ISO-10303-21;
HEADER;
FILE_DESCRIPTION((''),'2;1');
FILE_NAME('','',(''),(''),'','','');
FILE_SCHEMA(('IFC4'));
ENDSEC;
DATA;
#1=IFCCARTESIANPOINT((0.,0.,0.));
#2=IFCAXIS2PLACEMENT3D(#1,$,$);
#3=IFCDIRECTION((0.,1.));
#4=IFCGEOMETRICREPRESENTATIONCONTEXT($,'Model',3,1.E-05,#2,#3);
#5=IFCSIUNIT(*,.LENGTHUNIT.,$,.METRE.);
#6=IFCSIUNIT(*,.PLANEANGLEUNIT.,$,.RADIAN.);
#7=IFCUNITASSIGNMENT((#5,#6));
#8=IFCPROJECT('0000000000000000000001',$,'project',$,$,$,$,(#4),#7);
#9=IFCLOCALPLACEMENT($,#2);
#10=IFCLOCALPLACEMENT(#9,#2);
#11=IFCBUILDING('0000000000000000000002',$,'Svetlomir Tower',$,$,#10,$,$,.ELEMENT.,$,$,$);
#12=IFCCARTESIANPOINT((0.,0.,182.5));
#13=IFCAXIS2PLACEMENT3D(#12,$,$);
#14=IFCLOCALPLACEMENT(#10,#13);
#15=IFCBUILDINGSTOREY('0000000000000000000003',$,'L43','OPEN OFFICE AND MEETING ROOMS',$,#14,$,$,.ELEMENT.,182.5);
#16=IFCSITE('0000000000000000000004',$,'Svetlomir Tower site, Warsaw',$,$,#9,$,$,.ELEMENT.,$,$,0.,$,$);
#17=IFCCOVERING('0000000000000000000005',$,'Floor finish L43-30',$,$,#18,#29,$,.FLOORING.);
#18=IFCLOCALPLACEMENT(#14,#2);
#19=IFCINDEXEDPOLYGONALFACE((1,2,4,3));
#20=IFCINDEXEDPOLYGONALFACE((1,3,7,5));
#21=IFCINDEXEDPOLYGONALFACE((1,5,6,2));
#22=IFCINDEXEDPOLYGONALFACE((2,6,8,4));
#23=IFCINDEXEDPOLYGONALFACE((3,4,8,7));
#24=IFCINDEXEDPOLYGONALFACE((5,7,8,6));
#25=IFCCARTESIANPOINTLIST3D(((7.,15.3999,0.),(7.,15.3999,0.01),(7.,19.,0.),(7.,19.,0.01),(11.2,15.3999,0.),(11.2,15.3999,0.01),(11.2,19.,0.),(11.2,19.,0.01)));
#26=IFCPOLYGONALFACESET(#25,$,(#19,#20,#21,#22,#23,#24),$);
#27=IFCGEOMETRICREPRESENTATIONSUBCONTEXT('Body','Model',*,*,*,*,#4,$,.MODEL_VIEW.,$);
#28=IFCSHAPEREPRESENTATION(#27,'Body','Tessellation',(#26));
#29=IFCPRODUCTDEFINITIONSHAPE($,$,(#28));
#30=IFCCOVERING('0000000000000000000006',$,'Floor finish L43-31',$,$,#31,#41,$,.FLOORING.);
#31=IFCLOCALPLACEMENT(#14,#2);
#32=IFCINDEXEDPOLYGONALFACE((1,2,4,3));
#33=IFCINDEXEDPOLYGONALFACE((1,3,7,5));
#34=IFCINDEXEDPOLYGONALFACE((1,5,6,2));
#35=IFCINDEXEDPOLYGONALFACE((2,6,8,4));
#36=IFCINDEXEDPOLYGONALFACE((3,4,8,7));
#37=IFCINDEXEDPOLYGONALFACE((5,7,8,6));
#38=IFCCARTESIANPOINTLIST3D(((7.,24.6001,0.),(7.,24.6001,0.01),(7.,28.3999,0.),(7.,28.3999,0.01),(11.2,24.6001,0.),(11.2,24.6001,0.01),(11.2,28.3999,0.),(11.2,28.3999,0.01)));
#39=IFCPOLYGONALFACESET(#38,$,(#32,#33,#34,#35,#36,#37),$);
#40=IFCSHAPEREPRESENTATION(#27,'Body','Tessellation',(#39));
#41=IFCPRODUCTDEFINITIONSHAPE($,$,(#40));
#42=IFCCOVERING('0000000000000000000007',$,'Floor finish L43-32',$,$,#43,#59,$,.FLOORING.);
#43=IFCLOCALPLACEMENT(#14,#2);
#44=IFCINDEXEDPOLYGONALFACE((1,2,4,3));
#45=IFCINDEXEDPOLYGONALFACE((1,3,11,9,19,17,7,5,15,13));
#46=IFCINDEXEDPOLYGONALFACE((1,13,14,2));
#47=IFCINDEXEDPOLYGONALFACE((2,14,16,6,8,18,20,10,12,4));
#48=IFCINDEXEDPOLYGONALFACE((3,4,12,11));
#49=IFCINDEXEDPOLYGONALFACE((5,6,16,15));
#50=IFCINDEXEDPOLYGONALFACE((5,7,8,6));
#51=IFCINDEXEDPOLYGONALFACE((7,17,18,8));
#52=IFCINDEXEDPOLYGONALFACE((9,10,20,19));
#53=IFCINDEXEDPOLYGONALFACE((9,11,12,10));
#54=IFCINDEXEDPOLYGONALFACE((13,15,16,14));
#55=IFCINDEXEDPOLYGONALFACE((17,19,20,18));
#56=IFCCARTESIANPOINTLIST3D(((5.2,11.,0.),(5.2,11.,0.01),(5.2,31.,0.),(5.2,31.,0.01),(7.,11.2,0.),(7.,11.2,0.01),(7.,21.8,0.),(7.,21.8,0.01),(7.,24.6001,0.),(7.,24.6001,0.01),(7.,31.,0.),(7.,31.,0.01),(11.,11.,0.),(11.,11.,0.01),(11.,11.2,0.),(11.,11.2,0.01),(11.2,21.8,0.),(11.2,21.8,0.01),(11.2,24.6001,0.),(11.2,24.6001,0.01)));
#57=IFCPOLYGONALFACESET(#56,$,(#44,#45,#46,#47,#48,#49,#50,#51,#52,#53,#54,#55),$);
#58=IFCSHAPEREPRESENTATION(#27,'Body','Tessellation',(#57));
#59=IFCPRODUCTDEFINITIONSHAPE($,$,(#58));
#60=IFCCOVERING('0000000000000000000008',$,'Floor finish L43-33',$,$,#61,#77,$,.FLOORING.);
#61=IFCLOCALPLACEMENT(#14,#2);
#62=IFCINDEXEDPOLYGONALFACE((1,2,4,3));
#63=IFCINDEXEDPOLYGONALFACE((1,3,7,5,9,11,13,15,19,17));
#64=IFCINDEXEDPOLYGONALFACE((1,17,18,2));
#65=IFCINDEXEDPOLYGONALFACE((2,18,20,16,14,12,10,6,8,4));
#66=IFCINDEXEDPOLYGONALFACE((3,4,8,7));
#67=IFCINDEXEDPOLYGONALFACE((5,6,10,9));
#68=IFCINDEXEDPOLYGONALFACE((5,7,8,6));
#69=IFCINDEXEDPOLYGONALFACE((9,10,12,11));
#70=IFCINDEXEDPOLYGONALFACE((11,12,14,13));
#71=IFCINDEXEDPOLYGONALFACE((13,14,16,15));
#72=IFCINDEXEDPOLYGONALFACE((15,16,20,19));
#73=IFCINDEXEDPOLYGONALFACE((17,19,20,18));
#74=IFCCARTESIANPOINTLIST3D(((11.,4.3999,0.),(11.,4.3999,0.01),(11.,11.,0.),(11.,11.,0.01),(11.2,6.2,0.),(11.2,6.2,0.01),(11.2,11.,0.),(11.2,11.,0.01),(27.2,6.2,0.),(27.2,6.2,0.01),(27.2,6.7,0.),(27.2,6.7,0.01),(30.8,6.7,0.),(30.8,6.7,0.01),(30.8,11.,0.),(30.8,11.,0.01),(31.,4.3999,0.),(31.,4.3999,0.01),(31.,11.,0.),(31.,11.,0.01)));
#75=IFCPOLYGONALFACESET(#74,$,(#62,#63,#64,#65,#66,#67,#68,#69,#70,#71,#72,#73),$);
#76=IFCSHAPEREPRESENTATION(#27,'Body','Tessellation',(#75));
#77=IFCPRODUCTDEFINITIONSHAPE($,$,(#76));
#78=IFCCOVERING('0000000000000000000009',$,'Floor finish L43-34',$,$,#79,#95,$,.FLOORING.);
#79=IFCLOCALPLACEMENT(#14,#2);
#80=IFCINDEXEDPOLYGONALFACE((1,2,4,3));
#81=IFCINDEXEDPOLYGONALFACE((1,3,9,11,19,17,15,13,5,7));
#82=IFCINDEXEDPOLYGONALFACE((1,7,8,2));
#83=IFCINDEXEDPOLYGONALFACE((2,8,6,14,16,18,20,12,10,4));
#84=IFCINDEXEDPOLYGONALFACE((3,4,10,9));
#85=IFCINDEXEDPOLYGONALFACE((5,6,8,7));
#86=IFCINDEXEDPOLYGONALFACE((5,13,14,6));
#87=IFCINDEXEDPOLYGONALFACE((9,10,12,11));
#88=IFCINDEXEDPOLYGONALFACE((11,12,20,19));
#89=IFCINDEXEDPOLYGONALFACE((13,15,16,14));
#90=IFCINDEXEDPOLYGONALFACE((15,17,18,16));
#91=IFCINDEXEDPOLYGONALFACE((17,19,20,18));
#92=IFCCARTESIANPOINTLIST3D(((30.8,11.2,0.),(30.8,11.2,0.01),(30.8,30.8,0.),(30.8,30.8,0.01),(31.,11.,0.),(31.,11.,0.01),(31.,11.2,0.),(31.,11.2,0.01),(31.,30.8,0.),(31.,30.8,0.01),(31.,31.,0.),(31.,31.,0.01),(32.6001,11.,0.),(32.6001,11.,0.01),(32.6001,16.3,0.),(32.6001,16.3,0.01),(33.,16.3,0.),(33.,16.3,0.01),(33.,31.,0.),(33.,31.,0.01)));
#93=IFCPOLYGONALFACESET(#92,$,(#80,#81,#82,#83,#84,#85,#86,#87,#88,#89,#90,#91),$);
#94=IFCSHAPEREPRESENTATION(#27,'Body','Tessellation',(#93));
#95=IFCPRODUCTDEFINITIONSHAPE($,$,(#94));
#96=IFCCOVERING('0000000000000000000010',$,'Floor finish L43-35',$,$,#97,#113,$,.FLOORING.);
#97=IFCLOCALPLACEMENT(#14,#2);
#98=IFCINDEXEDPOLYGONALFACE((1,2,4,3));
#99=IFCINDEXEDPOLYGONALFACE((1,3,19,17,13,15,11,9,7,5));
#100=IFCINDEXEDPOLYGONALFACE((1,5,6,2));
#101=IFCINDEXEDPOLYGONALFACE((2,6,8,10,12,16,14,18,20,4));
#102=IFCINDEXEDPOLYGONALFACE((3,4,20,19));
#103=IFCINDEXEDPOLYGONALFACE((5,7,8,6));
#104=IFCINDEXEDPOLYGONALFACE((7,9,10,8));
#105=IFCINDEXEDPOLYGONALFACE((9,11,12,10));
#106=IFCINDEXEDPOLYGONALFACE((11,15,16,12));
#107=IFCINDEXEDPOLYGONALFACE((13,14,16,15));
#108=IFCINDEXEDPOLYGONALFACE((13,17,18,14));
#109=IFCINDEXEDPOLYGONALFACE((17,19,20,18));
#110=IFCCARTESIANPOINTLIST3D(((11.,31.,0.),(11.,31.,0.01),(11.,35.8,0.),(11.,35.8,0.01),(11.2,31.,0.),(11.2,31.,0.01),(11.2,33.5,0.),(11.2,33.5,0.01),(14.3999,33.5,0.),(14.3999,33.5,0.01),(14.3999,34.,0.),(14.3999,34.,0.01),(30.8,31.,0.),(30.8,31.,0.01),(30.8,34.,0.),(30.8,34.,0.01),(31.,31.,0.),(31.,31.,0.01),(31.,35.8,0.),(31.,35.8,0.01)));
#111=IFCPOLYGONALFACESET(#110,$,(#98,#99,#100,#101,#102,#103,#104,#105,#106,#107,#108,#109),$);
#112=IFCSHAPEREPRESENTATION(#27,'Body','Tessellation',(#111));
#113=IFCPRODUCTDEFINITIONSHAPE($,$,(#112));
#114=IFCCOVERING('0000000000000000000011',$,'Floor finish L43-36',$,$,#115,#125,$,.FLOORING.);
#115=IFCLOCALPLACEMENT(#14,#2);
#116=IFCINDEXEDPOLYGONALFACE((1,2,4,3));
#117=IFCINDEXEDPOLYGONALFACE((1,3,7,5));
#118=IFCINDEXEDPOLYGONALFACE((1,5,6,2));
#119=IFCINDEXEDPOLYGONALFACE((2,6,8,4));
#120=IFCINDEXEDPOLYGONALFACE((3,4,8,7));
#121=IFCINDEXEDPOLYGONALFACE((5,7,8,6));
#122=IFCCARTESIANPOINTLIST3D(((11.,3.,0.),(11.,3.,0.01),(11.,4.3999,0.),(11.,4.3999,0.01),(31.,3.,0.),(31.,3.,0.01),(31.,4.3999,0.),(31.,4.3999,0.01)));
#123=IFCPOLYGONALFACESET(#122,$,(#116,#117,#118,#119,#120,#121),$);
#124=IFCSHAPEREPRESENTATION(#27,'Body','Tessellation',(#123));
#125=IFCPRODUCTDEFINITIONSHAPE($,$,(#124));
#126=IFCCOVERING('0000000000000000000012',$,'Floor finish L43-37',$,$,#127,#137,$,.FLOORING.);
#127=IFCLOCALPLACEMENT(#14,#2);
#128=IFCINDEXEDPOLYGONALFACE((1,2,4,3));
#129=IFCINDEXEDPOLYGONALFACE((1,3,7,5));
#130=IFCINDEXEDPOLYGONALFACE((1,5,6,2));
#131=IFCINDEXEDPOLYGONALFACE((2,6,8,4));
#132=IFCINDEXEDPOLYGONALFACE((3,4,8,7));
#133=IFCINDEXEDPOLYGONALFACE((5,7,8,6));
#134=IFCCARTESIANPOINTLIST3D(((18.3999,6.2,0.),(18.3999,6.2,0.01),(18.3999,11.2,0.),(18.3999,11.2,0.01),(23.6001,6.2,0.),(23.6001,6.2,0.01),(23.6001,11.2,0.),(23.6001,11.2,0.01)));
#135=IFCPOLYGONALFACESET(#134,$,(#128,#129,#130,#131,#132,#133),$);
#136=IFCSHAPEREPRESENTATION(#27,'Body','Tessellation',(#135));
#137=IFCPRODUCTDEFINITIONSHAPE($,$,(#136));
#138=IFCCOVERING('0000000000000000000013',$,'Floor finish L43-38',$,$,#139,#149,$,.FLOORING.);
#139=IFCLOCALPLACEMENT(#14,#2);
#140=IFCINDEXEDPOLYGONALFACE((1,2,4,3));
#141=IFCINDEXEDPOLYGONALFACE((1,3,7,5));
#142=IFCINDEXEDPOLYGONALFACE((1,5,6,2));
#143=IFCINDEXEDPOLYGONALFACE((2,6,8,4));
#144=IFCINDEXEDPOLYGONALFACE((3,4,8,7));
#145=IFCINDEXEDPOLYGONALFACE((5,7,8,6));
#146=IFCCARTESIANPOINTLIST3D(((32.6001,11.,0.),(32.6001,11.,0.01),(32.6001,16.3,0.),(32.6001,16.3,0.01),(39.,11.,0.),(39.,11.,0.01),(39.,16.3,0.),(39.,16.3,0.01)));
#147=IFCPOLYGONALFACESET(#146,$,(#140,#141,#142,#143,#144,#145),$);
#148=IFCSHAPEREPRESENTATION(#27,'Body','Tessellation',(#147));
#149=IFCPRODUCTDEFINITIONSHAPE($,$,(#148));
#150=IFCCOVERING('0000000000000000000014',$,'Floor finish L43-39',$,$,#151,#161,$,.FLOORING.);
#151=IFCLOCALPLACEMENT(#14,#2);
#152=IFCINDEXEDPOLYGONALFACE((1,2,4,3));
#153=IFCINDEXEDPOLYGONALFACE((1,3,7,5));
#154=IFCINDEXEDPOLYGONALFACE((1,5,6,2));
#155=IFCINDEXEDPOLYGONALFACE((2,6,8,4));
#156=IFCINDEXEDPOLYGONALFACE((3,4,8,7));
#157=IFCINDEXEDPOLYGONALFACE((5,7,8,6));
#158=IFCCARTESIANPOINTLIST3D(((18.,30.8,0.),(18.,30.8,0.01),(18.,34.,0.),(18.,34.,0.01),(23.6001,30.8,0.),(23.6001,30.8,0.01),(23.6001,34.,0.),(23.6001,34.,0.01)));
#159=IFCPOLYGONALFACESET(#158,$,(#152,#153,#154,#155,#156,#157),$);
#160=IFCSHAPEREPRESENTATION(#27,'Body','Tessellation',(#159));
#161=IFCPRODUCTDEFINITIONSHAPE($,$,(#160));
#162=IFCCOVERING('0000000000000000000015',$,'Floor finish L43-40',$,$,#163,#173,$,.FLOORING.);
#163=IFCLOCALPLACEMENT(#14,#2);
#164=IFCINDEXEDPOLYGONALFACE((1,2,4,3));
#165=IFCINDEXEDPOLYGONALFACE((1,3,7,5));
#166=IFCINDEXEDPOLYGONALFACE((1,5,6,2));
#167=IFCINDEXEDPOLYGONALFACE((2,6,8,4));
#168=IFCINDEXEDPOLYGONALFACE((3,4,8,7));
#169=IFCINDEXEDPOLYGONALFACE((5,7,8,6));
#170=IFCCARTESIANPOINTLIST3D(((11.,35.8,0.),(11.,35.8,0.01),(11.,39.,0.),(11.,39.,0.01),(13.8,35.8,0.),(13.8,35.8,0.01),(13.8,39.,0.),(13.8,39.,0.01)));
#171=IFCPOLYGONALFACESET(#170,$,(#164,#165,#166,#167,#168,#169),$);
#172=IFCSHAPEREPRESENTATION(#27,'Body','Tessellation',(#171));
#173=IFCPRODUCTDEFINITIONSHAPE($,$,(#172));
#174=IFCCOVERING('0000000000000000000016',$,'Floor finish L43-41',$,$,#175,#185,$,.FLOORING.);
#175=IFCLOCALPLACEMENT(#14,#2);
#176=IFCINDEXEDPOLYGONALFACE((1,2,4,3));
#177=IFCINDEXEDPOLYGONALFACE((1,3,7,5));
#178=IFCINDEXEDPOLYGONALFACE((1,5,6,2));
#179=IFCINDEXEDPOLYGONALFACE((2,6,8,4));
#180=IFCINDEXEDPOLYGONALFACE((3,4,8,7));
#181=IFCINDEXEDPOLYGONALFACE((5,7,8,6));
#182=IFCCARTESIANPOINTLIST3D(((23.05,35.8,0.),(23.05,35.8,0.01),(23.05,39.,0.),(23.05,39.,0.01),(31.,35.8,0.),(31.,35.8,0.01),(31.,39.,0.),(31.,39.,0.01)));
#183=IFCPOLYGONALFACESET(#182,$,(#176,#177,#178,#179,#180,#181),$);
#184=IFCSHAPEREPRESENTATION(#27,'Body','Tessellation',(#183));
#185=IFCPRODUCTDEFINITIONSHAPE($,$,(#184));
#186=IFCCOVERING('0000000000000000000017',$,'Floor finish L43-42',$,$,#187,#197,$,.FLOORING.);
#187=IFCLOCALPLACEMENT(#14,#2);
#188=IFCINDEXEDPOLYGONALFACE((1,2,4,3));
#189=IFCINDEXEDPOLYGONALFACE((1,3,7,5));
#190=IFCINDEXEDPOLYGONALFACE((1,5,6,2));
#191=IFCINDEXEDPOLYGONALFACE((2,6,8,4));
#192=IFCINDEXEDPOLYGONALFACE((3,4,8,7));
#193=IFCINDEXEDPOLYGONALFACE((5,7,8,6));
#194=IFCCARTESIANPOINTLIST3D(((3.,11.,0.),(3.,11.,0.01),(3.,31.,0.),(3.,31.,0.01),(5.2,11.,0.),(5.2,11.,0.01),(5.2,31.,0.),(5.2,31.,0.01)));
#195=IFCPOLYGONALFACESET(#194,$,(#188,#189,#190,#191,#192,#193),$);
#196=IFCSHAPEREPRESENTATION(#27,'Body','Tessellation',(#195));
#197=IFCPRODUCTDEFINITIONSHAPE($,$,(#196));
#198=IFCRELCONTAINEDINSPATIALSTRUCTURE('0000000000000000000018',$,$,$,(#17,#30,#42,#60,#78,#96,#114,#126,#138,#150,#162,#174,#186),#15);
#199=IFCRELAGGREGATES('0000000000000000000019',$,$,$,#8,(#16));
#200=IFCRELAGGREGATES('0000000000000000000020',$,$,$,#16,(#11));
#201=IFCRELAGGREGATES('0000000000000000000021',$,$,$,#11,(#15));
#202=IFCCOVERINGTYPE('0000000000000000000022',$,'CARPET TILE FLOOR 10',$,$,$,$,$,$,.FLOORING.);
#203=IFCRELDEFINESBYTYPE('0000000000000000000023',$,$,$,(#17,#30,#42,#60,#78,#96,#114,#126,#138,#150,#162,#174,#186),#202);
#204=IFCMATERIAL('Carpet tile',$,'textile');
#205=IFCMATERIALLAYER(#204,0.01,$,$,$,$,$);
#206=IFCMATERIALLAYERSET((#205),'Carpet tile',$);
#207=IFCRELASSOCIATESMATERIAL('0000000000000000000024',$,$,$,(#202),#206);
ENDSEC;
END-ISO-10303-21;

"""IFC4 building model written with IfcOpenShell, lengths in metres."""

from ifc_helpers import new_model, si_unit, direction, frame, origin, place, context, subcontext, project, spatial, polyline, outline, extrude, material, layer, layer_set, type_object, element, save


model = new_model("IFC4")

# Units and contexts
model_context = context("Model", 3, precision=1e-05, world=origin(), true_north=direction((0.0, 1.0)))
body_context = subcontext(model_context, "Body", "Model", "MODEL_VIEW")
ifc_project = project(units=[si_unit("LENGTHUNIT", "METRE"), si_unit("PLANEANGLEUNIT", "RADIAN")], contexts=[model_context])

# Site, building, storey
site_placement = place(None, origin())
site = spatial("IfcSite", under=ifc_project, at=site_placement, Name="Svetlomir Tower site, Warsaw", CompositionType="ELEMENT", RefElevation=0.0)
building_placement = place(site_placement, origin())
building = spatial("IfcBuilding", under=site, at=building_placement, Name="Svetlomir Tower", CompositionType="ELEMENT")
storey_placement = place(building_placement, frame((0.0, 0.0, 182.5)))
storey = spatial("IfcBuildingStorey", under=building, at=storey_placement, Name="L43", Description="OPEN OFFICE AND MEETING ROOMS", CompositionType="ELEMENT", Elevation=182.5)

# Coverings
ifc_material_1 = material(Name="Carpet tile", Category="textile")
ifc_layer_1 = layer(ifc_material_1, 0.01)
ifc_layer_set_1 = layer_set([ifc_layer_1], Name="Carpet tile")
covering_type_1 = type_object("IfcCoveringType", Name="CARPET TILE FLOOR 10", PredefinedType="FLOORING", material=ifc_layer_set_1)
covering_1_placement = place(storey_placement, origin())
element("IfcCovering", 1, at=covering_1_placement, inside=storey, type_object=covering_type_1, Name="Floor finish L43-30", PredefinedType="FLOORING", context=body_context, shape_type="SweptSolid", body=[
    extrude(outline(polyline([(7.0, 15.3999), (11.2, 15.3999), (11.2, 19.0), (7.0, 19.0), (7.0, 15.3999)])), origin(), (0.0, 0.0, 1.0), 0.01),
])
covering_2_placement = place(storey_placement, origin())
element("IfcCovering", 2, at=covering_2_placement, inside=storey, type_object=covering_type_1, Name="Floor finish L43-31", PredefinedType="FLOORING", context=body_context, shape_type="SweptSolid", body=[
    extrude(outline(polyline([(7.0, 24.6001), (11.2, 24.6001), (11.2, 28.3999), (7.0, 28.3999), (7.0, 24.6001)])), origin(), (0.0, 0.0, 1.0), 0.01),
])
covering_3_placement = place(storey_placement, origin())
element("IfcCovering", 3, at=covering_3_placement, inside=storey, type_object=covering_type_1, Name="Floor finish L43-32", PredefinedType="FLOORING", context=body_context, shape_type="SweptSolid", body=[
    extrude(outline(polyline([(5.2, 11.0), (5.2, 31.0), (7.0, 31.0), (7.0, 24.6001), (11.2, 24.6001), (11.2, 21.8), (7.0, 21.8), (7.0, 11.2), (11.0, 11.2), (11.0, 11.0), (5.2, 11.0)])), origin(), (0.0, 0.0, 1.0), 0.01),
])
covering_4_placement = place(storey_placement, origin())
element("IfcCovering", 4, at=covering_4_placement, inside=storey, type_object=covering_type_1, Name="Floor finish L43-33", PredefinedType="FLOORING", context=body_context, shape_type="SweptSolid", body=[
    extrude(outline(polyline([(11.2, 6.2), (27.2, 6.2), (27.2, 6.7), (30.8, 6.7), (30.8, 11.0), (31.0, 11.0), (31.0, 4.3999), (11.0, 4.3999), (11.0, 11.0), (11.2, 11.0), (11.2, 6.2)])), origin(), (0.0, 0.0, 1.0), 0.01),
])
covering_5_placement = place(storey_placement, origin())
element("IfcCovering", 5, at=covering_5_placement, inside=storey, type_object=covering_type_1, Name="Floor finish L43-34", PredefinedType="FLOORING", context=body_context, shape_type="SweptSolid", body=[
    extrude(outline(polyline([(30.8, 11.2), (30.8, 30.8), (31.0, 30.8), (31.0, 31.0), (33.0, 31.0), (33.0, 16.3), (32.6001, 16.3), (32.6001, 11.0), (31.0, 11.0), (31.0, 11.2), (30.8, 11.2)])), origin(), (0.0, 0.0, 1.0), 0.01),
])
covering_6_placement = place(storey_placement, origin())
element("IfcCovering", 6, at=covering_6_placement, inside=storey, type_object=covering_type_1, Name="Floor finish L43-35", PredefinedType="FLOORING", context=body_context, shape_type="SweptSolid", body=[
    extrude(outline(polyline([(30.8, 34.0), (14.3999, 34.0), (14.3999, 33.5), (11.2, 33.5), (11.2, 31.0), (11.0, 31.0), (11.0, 35.8), (31.0, 35.8), (31.0, 31.0), (30.8, 31.0), (30.8, 34.0)])), origin(), (0.0, 0.0, 1.0), 0.01),
])
covering_7_placement = place(storey_placement, origin())
element("IfcCovering", 7, at=covering_7_placement, inside=storey, type_object=covering_type_1, Name="Floor finish L43-36", PredefinedType="FLOORING", context=body_context, shape_type="SweptSolid", body=[
    extrude(outline(polyline([(11.0, 3.0), (11.0, 4.3999), (31.0, 4.3999), (31.0, 3.0), (11.0, 3.0)])), origin(), (0.0, 0.0, 1.0), 0.01),
])
covering_8_placement = place(storey_placement, origin())
element("IfcCovering", 8, at=covering_8_placement, inside=storey, type_object=covering_type_1, Name="Floor finish L43-37", PredefinedType="FLOORING", context=body_context, shape_type="SweptSolid", body=[
    extrude(outline(polyline([(23.6001, 11.2), (23.6001, 6.2), (18.3999, 6.2), (18.3999, 11.2), (23.6001, 11.2)])), origin(), (0.0, 0.0, 1.0), 0.01),
])
covering_9_placement = place(storey_placement, origin())
element("IfcCovering", 9, at=covering_9_placement, inside=storey, type_object=covering_type_1, Name="Floor finish L43-38", PredefinedType="FLOORING", context=body_context, shape_type="SweptSolid", body=[
    extrude(outline(polyline([(32.6001, 16.3), (39.0, 16.3), (39.0, 11.0), (32.6001, 11.0), (32.6001, 16.3)])), origin(), (0.0, 0.0, 1.0), 0.01),
])
covering_10_placement = place(storey_placement, origin())
element("IfcCovering", 10, at=covering_10_placement, inside=storey, type_object=covering_type_1, Name="Floor finish L43-39", PredefinedType="FLOORING", context=body_context, shape_type="SweptSolid", body=[
    extrude(outline(polyline([(18.0, 30.8), (18.0, 34.0), (23.6001, 34.0), (23.6001, 30.8), (18.0, 30.8)])), origin(), (0.0, 0.0, 1.0), 0.01),
])
covering_11_placement = place(storey_placement, origin())
element("IfcCovering", 11, at=covering_11_placement, inside=storey, type_object=covering_type_1, Name="Floor finish L43-40", PredefinedType="FLOORING", context=body_context, shape_type="SweptSolid", body=[
    extrude(outline(polyline([(13.8, 39.0), (13.8, 35.8), (11.0, 35.8), (11.0, 39.0), (13.8, 39.0)])), origin(), (0.0, 0.0, 1.0), 0.01),
])
covering_12_placement = place(storey_placement, origin())
element("IfcCovering", 12, at=covering_12_placement, inside=storey, type_object=covering_type_1, Name="Floor finish L43-41", PredefinedType="FLOORING", context=body_context, shape_type="SweptSolid", body=[
    extrude(outline(polyline([(31.0, 39.0), (31.0, 35.8), (23.05, 35.8), (23.05, 39.0), (31.0, 39.0)])), origin(), (0.0, 0.0, 1.0), 0.01),
])
covering_13_placement = place(storey_placement, origin())
element("IfcCovering", 13, at=covering_13_placement, inside=storey, type_object=covering_type_1, Name="Floor finish L43-42", PredefinedType="FLOORING", context=body_context, shape_type="SweptSolid", body=[
    extrude(outline(polyline([(3.0, 31.0), (5.2, 31.0), (5.2, 11.0), (3.0, 11.0), (3.0, 31.0)])), origin(), (0.0, 0.0, 1.0), 0.01),
])

save(model, "model.ifc")
